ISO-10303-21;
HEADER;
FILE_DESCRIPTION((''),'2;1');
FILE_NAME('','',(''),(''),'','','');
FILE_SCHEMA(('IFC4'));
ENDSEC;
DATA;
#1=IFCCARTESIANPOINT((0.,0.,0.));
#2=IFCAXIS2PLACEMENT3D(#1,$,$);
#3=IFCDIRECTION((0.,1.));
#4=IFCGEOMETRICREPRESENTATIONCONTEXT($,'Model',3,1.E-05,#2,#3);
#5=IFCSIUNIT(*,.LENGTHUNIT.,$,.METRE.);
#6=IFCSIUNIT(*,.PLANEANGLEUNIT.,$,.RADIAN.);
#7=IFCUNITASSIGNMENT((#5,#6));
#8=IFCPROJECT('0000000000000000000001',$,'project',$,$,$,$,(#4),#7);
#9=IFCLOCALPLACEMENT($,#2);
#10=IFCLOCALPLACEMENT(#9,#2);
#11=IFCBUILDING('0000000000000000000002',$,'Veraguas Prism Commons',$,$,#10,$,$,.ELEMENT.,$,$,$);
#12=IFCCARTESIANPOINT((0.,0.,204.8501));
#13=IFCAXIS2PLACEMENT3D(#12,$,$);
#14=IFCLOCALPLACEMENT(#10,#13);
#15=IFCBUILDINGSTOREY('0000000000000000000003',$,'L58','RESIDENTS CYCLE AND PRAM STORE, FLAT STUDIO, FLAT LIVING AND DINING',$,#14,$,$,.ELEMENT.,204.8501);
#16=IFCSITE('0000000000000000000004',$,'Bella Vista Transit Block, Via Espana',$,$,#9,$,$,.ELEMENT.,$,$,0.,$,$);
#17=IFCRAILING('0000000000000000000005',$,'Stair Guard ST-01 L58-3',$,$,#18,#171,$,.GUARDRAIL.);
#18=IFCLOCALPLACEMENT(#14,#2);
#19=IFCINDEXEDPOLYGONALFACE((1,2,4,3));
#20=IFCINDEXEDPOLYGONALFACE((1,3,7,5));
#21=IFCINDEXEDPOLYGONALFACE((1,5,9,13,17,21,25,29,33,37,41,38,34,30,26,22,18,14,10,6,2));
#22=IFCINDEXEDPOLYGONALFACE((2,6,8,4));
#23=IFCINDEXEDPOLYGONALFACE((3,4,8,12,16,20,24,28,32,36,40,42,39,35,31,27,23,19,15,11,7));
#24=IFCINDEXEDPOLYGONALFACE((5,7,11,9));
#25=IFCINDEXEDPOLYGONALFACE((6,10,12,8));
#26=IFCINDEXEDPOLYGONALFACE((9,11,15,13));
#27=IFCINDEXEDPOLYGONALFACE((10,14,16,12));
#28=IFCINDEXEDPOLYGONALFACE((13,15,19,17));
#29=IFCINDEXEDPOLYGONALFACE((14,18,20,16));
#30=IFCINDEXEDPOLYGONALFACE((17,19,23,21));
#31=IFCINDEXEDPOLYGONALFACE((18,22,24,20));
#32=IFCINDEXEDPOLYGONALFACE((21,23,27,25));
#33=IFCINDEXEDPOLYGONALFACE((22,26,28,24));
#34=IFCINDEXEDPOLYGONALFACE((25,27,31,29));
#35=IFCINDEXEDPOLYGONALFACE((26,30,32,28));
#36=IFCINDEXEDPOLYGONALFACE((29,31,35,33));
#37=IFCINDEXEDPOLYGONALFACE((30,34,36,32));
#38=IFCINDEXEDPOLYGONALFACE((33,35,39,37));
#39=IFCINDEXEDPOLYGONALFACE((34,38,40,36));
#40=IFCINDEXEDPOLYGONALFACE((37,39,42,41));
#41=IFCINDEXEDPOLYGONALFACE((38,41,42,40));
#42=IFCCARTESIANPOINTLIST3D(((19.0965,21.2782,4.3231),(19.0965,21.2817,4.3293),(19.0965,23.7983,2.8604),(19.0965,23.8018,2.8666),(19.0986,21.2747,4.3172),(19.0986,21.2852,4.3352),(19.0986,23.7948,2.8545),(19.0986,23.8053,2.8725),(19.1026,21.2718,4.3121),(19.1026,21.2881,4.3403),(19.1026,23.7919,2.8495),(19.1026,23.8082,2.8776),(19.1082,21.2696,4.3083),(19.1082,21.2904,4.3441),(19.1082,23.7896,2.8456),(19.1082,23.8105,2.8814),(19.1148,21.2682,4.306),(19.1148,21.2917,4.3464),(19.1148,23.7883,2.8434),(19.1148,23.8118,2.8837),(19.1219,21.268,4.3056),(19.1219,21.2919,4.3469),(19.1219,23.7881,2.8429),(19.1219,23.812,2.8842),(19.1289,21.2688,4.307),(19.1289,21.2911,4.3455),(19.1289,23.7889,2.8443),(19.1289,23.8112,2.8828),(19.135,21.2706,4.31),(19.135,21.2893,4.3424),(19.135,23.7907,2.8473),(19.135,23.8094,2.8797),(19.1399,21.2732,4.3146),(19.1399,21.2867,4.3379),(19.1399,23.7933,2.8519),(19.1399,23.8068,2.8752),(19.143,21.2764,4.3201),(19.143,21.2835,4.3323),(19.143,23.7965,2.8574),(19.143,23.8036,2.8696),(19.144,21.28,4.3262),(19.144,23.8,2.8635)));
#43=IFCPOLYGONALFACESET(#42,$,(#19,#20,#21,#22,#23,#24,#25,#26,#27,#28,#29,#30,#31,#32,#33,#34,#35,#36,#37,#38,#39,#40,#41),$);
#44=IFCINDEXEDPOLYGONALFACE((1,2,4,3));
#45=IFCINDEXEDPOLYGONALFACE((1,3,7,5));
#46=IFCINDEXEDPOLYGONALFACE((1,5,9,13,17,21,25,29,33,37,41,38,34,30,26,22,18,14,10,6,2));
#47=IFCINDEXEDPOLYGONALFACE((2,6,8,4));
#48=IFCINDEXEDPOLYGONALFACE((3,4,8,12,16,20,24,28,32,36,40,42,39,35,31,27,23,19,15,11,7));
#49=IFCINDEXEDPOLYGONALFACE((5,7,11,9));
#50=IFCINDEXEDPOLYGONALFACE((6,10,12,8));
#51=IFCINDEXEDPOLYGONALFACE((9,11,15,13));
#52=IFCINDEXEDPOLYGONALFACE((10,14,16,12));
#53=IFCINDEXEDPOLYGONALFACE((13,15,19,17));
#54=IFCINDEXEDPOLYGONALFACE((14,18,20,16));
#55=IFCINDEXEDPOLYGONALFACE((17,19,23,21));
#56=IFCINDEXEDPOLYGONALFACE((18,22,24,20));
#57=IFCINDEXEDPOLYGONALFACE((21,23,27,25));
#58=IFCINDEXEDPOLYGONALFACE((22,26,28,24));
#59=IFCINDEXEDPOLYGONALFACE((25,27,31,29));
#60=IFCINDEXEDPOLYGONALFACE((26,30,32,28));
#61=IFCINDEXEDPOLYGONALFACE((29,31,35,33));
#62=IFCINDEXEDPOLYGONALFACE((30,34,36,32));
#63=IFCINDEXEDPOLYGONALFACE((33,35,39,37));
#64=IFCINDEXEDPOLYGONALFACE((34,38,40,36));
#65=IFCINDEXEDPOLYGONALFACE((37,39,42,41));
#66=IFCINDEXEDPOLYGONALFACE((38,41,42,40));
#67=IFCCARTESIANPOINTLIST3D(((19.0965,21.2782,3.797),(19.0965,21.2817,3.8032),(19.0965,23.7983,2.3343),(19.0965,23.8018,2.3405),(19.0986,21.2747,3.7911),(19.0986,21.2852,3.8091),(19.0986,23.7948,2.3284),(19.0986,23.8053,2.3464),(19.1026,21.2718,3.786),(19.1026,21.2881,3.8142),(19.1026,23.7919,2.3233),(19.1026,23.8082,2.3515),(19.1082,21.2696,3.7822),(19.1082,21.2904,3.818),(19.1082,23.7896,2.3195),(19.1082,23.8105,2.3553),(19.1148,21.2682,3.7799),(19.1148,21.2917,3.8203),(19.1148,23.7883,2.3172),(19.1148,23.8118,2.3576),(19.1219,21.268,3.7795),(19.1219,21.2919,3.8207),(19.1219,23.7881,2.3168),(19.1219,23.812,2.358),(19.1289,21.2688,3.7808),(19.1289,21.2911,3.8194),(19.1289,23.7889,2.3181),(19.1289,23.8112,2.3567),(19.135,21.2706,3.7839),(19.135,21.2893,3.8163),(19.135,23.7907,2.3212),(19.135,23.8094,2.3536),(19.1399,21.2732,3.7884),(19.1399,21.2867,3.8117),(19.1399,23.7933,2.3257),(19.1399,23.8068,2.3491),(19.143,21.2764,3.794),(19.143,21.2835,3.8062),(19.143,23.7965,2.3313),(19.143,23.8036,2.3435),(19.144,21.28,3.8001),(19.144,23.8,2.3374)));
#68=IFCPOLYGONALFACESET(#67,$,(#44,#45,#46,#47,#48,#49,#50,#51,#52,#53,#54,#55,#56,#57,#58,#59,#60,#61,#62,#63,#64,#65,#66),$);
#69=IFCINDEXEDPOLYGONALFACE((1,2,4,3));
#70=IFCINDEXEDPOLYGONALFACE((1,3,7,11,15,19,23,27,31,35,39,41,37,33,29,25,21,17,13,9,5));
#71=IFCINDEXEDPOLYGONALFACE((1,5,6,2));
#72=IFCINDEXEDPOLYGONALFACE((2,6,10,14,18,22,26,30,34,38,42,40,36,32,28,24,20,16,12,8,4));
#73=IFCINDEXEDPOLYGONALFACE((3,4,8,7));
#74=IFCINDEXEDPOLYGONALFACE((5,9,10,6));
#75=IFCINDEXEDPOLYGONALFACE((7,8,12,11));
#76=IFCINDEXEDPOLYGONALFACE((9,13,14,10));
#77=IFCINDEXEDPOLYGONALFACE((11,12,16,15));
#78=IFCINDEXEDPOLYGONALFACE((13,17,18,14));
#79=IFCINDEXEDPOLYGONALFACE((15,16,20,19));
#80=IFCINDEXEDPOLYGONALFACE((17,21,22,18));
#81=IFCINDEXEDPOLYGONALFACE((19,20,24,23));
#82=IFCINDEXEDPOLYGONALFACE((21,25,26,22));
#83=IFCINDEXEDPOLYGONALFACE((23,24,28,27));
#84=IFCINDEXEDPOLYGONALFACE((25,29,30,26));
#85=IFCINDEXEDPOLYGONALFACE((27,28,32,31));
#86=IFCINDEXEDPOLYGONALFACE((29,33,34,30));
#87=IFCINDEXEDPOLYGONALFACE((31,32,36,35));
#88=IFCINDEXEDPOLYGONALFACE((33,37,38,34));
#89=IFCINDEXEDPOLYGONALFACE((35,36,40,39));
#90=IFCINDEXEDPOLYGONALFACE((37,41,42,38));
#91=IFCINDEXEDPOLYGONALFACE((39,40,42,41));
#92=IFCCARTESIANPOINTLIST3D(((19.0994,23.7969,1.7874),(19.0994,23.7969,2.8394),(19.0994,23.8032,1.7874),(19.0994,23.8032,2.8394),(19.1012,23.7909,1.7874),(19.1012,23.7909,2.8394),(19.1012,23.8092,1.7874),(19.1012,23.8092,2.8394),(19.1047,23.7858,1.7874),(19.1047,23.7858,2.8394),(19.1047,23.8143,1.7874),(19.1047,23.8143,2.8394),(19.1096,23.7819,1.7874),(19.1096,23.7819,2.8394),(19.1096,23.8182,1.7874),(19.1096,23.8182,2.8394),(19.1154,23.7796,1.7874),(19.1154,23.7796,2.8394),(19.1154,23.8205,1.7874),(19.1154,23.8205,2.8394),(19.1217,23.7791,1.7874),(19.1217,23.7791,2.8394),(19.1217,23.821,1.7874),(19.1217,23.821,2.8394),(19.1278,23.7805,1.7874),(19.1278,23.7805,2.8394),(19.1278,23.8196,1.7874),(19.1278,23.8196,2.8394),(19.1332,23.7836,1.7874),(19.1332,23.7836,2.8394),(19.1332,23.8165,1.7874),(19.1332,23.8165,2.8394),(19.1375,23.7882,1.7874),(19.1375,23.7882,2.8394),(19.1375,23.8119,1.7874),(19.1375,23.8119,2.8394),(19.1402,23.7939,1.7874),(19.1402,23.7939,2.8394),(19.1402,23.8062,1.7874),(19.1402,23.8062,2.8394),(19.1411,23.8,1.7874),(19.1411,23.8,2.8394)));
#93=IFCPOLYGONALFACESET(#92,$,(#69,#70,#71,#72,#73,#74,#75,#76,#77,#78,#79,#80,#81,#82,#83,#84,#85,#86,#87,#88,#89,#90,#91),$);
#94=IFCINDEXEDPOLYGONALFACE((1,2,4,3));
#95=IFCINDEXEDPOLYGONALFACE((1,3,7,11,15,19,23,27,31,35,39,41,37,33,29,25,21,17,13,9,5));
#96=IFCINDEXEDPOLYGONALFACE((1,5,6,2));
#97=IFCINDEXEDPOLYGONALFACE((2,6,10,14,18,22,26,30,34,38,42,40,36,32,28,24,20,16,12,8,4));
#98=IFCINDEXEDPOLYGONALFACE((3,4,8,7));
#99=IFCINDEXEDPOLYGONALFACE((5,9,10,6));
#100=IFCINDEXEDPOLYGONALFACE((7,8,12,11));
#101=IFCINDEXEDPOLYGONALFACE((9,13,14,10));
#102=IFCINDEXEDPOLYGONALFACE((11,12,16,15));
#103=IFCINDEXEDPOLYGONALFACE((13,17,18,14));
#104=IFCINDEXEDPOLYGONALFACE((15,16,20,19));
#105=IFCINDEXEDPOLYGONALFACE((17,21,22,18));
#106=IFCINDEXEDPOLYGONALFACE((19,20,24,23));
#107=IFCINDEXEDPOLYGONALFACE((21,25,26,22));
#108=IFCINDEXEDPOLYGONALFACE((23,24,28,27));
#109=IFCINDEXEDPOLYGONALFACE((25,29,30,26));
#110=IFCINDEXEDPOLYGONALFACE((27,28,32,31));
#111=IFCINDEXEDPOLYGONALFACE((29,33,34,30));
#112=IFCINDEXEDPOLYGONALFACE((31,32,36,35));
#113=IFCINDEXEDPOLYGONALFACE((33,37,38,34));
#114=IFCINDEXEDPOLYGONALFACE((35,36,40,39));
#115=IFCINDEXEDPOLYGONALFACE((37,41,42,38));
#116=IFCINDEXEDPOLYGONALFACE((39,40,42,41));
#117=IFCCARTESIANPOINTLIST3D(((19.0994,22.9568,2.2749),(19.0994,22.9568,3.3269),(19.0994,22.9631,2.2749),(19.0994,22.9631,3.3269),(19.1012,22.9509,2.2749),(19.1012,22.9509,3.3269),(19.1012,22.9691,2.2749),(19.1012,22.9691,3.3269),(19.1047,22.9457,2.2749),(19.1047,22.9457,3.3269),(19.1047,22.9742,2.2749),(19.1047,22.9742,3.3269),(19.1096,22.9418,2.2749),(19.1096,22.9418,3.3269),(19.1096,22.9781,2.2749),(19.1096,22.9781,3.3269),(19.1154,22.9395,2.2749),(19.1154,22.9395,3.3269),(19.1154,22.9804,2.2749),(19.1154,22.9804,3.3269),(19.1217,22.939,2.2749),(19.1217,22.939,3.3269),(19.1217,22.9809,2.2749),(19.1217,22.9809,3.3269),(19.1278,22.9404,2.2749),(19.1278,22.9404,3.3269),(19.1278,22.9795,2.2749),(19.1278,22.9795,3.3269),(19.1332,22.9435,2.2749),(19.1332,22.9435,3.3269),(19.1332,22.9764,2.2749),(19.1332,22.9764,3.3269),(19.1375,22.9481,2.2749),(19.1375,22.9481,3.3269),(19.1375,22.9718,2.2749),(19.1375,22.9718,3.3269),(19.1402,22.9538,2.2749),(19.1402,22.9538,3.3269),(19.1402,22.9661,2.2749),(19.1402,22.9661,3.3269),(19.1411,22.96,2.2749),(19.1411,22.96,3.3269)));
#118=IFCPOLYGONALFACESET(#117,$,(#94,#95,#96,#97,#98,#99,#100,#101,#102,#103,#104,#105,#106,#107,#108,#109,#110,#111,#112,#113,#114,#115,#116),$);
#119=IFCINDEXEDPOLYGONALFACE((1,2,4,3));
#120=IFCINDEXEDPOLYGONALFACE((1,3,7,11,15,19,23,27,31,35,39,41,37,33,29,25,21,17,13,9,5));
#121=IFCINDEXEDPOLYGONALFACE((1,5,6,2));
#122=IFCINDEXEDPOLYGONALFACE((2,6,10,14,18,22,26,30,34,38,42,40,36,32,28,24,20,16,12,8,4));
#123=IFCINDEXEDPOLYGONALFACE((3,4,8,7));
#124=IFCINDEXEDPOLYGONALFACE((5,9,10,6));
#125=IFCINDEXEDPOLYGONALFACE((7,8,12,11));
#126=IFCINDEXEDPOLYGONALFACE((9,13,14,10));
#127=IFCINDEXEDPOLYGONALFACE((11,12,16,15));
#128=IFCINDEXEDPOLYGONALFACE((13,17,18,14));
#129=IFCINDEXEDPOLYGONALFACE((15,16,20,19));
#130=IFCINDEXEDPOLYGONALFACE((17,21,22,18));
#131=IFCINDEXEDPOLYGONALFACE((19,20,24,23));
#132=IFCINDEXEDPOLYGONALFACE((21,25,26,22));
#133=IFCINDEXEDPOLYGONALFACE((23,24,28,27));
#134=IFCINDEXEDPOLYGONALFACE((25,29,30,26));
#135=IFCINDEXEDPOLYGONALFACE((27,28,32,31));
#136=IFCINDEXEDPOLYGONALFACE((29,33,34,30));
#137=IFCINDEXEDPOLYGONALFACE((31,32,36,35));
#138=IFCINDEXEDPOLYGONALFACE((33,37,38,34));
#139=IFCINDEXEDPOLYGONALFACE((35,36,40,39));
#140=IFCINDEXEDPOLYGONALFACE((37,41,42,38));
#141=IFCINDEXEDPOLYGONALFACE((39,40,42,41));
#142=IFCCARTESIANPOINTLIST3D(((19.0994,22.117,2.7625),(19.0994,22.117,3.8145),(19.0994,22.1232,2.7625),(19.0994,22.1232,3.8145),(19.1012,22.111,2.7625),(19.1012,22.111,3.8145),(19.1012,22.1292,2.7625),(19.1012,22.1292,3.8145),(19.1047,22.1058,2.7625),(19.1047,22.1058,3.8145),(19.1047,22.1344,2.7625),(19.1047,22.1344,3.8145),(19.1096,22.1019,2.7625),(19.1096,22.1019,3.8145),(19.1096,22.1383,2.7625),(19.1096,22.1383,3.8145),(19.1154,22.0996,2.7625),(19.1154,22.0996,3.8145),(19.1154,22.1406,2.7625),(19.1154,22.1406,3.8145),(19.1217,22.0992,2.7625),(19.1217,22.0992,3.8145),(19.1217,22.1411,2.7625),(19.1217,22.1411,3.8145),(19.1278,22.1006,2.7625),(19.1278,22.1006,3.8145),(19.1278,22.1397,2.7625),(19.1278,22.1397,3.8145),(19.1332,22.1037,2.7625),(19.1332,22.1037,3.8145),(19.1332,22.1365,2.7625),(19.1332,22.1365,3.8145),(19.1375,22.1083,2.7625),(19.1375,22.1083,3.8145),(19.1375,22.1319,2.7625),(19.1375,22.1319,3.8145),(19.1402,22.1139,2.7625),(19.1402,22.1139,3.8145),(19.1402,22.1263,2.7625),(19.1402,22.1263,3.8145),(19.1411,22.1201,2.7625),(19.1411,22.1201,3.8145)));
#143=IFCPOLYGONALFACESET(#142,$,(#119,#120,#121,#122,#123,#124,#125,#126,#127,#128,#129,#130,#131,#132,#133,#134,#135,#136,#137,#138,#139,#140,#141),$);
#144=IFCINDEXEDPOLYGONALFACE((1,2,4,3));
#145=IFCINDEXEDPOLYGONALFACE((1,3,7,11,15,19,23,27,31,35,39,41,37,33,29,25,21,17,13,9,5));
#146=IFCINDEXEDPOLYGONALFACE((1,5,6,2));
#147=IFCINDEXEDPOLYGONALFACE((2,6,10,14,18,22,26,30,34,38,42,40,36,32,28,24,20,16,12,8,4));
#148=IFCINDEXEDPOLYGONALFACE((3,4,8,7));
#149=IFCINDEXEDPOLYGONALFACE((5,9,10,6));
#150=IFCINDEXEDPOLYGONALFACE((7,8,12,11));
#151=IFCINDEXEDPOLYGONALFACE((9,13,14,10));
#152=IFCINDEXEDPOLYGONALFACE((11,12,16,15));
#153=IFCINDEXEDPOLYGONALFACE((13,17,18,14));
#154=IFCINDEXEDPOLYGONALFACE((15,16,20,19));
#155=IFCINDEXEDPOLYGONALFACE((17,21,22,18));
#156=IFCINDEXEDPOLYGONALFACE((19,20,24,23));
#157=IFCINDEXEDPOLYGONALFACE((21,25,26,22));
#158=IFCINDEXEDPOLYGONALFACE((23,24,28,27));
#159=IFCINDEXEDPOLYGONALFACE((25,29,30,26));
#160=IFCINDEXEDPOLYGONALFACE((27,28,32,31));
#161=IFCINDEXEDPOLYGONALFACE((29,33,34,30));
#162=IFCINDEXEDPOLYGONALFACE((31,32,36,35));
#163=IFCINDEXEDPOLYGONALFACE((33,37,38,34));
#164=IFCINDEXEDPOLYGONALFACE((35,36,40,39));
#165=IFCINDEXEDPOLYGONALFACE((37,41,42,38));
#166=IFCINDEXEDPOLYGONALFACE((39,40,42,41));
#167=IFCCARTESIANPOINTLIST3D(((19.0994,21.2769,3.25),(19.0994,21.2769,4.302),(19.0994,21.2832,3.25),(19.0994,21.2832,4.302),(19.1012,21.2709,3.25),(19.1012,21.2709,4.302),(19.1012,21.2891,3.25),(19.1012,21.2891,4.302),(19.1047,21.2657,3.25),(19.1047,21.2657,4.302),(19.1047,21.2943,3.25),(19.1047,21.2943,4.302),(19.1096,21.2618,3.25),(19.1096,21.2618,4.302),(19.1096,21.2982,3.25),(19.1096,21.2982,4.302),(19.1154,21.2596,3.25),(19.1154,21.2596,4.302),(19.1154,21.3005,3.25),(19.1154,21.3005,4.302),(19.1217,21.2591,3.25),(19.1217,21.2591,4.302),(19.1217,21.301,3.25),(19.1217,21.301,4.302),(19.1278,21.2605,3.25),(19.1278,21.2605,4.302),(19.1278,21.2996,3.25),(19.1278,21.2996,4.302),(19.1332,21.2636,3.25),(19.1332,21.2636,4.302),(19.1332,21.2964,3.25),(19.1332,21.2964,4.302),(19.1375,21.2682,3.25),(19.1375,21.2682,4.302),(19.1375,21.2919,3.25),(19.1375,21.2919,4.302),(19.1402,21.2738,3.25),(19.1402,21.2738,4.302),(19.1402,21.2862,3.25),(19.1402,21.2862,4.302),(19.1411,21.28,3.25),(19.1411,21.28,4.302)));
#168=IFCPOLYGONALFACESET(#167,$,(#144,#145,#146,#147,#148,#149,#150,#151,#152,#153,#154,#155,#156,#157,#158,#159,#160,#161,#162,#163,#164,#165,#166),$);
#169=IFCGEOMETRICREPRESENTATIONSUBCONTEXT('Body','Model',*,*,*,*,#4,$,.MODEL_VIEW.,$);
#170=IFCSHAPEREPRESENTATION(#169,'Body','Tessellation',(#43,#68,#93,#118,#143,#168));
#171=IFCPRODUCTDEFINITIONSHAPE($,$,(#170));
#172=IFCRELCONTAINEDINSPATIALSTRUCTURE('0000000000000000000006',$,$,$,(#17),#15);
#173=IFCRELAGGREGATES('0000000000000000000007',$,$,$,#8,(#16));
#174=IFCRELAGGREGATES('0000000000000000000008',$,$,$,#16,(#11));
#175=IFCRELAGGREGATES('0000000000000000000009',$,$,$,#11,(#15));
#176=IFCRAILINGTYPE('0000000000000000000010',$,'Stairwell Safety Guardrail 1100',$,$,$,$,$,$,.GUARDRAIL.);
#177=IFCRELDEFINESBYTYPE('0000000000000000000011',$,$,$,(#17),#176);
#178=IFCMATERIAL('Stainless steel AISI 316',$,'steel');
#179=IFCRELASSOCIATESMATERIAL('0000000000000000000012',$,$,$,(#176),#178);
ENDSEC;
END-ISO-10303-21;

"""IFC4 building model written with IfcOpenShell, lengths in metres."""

from ifc_helpers import new_model, si_unit, direction, frame, origin, origin_2d, place, context, subcontext, project, spatial, circle, extrude, material, type_object, element, save


model = new_model("IFC4")

# Units and contexts
model_context = context("Model", 3, precision=1e-05, world=origin(), true_north=direction((0.0, 1.0)))
body_context = subcontext(model_context, "Body", "Model", "MODEL_VIEW")
ifc_project = project(units=[si_unit("LENGTHUNIT", "METRE"), si_unit("PLANEANGLEUNIT", "RADIAN")], contexts=[model_context])

# Site, building, storey
site_placement = place(None, origin())
site = spatial("IfcSite", under=ifc_project, at=site_placement, Name="Bella Vista Transit Block, Via Espana", CompositionType="ELEMENT", RefElevation=0.0)
building_placement = place(site_placement, origin())
building = spatial("IfcBuilding", under=site, at=building_placement, Name="Veraguas Prism Commons", CompositionType="ELEMENT")
storey_placement = place(building_placement, frame((0.0, 0.0, 204.8501)))
storey = spatial("IfcBuildingStorey", under=building, at=storey_placement, Name="L58", Description="RESIDENTS CYCLE AND PRAM STORE, FLAT STUDIO, FLAT LIVING AND DINING", CompositionType="ELEMENT", Elevation=204.8501)

# Shared definitions
ifc_material_1 = material(Name="Stainless steel AISI 316", Category="steel")

# Railing
railing_type_1 = type_object("IfcRailingType", Name="Stairwell Safety Guardrail 1100", PredefinedType="GUARDRAIL", material=ifc_material_1)
railing_1_placement = place(storey_placement, frame((19.1201, 23.8, 1.7874)))
element("IfcRailing", 1, at=railing_1_placement, inside=storey, type_object=railing_type_1, Name="Stair Guard ST-01 L58-3", PredefinedType="GUARDRAIL", context=body_context, shape_type="SweptSolid", body=[
    extrude(circle(Radius=0.0239, at=origin_2d()), frame((0.0, 0.0, 1.0762), z_axis=(0.0, -0.864877, 0.501984), x_axis=(1.0, 0.0, 0.0)), (0.0, 0.0, 1.0), 2.9138),
    extrude(circle(Radius=0.0239, at=origin_2d()), frame((0.0, 0.0, 0.55), z_axis=(0.0, -0.864877, 0.501984), x_axis=(1.0, 0.0, 0.0)), (0.0, 0.0, 1.0), 2.9138),
    extrude(circle(Radius=0.021, at=origin_2d()), origin(), (0.0, 0.0, 1.0), 1.052),
    extrude(circle(Radius=0.021, at=origin_2d()), frame((0.0, -0.8401, 0.4875)), (0.0, 0.0, 1.0), 1.052),
    extrude(circle(Radius=0.021, at=origin_2d()), frame((0.0, -1.6799, 0.9751)), (0.0, 0.0, 1.0), 1.052),
    extrude(circle(Radius=0.021, at=origin_2d()), frame((0.0, -2.52, 1.4626)), (0.0, 0.0, 1.0), 1.052),
])

save(model, "model.ifc")
